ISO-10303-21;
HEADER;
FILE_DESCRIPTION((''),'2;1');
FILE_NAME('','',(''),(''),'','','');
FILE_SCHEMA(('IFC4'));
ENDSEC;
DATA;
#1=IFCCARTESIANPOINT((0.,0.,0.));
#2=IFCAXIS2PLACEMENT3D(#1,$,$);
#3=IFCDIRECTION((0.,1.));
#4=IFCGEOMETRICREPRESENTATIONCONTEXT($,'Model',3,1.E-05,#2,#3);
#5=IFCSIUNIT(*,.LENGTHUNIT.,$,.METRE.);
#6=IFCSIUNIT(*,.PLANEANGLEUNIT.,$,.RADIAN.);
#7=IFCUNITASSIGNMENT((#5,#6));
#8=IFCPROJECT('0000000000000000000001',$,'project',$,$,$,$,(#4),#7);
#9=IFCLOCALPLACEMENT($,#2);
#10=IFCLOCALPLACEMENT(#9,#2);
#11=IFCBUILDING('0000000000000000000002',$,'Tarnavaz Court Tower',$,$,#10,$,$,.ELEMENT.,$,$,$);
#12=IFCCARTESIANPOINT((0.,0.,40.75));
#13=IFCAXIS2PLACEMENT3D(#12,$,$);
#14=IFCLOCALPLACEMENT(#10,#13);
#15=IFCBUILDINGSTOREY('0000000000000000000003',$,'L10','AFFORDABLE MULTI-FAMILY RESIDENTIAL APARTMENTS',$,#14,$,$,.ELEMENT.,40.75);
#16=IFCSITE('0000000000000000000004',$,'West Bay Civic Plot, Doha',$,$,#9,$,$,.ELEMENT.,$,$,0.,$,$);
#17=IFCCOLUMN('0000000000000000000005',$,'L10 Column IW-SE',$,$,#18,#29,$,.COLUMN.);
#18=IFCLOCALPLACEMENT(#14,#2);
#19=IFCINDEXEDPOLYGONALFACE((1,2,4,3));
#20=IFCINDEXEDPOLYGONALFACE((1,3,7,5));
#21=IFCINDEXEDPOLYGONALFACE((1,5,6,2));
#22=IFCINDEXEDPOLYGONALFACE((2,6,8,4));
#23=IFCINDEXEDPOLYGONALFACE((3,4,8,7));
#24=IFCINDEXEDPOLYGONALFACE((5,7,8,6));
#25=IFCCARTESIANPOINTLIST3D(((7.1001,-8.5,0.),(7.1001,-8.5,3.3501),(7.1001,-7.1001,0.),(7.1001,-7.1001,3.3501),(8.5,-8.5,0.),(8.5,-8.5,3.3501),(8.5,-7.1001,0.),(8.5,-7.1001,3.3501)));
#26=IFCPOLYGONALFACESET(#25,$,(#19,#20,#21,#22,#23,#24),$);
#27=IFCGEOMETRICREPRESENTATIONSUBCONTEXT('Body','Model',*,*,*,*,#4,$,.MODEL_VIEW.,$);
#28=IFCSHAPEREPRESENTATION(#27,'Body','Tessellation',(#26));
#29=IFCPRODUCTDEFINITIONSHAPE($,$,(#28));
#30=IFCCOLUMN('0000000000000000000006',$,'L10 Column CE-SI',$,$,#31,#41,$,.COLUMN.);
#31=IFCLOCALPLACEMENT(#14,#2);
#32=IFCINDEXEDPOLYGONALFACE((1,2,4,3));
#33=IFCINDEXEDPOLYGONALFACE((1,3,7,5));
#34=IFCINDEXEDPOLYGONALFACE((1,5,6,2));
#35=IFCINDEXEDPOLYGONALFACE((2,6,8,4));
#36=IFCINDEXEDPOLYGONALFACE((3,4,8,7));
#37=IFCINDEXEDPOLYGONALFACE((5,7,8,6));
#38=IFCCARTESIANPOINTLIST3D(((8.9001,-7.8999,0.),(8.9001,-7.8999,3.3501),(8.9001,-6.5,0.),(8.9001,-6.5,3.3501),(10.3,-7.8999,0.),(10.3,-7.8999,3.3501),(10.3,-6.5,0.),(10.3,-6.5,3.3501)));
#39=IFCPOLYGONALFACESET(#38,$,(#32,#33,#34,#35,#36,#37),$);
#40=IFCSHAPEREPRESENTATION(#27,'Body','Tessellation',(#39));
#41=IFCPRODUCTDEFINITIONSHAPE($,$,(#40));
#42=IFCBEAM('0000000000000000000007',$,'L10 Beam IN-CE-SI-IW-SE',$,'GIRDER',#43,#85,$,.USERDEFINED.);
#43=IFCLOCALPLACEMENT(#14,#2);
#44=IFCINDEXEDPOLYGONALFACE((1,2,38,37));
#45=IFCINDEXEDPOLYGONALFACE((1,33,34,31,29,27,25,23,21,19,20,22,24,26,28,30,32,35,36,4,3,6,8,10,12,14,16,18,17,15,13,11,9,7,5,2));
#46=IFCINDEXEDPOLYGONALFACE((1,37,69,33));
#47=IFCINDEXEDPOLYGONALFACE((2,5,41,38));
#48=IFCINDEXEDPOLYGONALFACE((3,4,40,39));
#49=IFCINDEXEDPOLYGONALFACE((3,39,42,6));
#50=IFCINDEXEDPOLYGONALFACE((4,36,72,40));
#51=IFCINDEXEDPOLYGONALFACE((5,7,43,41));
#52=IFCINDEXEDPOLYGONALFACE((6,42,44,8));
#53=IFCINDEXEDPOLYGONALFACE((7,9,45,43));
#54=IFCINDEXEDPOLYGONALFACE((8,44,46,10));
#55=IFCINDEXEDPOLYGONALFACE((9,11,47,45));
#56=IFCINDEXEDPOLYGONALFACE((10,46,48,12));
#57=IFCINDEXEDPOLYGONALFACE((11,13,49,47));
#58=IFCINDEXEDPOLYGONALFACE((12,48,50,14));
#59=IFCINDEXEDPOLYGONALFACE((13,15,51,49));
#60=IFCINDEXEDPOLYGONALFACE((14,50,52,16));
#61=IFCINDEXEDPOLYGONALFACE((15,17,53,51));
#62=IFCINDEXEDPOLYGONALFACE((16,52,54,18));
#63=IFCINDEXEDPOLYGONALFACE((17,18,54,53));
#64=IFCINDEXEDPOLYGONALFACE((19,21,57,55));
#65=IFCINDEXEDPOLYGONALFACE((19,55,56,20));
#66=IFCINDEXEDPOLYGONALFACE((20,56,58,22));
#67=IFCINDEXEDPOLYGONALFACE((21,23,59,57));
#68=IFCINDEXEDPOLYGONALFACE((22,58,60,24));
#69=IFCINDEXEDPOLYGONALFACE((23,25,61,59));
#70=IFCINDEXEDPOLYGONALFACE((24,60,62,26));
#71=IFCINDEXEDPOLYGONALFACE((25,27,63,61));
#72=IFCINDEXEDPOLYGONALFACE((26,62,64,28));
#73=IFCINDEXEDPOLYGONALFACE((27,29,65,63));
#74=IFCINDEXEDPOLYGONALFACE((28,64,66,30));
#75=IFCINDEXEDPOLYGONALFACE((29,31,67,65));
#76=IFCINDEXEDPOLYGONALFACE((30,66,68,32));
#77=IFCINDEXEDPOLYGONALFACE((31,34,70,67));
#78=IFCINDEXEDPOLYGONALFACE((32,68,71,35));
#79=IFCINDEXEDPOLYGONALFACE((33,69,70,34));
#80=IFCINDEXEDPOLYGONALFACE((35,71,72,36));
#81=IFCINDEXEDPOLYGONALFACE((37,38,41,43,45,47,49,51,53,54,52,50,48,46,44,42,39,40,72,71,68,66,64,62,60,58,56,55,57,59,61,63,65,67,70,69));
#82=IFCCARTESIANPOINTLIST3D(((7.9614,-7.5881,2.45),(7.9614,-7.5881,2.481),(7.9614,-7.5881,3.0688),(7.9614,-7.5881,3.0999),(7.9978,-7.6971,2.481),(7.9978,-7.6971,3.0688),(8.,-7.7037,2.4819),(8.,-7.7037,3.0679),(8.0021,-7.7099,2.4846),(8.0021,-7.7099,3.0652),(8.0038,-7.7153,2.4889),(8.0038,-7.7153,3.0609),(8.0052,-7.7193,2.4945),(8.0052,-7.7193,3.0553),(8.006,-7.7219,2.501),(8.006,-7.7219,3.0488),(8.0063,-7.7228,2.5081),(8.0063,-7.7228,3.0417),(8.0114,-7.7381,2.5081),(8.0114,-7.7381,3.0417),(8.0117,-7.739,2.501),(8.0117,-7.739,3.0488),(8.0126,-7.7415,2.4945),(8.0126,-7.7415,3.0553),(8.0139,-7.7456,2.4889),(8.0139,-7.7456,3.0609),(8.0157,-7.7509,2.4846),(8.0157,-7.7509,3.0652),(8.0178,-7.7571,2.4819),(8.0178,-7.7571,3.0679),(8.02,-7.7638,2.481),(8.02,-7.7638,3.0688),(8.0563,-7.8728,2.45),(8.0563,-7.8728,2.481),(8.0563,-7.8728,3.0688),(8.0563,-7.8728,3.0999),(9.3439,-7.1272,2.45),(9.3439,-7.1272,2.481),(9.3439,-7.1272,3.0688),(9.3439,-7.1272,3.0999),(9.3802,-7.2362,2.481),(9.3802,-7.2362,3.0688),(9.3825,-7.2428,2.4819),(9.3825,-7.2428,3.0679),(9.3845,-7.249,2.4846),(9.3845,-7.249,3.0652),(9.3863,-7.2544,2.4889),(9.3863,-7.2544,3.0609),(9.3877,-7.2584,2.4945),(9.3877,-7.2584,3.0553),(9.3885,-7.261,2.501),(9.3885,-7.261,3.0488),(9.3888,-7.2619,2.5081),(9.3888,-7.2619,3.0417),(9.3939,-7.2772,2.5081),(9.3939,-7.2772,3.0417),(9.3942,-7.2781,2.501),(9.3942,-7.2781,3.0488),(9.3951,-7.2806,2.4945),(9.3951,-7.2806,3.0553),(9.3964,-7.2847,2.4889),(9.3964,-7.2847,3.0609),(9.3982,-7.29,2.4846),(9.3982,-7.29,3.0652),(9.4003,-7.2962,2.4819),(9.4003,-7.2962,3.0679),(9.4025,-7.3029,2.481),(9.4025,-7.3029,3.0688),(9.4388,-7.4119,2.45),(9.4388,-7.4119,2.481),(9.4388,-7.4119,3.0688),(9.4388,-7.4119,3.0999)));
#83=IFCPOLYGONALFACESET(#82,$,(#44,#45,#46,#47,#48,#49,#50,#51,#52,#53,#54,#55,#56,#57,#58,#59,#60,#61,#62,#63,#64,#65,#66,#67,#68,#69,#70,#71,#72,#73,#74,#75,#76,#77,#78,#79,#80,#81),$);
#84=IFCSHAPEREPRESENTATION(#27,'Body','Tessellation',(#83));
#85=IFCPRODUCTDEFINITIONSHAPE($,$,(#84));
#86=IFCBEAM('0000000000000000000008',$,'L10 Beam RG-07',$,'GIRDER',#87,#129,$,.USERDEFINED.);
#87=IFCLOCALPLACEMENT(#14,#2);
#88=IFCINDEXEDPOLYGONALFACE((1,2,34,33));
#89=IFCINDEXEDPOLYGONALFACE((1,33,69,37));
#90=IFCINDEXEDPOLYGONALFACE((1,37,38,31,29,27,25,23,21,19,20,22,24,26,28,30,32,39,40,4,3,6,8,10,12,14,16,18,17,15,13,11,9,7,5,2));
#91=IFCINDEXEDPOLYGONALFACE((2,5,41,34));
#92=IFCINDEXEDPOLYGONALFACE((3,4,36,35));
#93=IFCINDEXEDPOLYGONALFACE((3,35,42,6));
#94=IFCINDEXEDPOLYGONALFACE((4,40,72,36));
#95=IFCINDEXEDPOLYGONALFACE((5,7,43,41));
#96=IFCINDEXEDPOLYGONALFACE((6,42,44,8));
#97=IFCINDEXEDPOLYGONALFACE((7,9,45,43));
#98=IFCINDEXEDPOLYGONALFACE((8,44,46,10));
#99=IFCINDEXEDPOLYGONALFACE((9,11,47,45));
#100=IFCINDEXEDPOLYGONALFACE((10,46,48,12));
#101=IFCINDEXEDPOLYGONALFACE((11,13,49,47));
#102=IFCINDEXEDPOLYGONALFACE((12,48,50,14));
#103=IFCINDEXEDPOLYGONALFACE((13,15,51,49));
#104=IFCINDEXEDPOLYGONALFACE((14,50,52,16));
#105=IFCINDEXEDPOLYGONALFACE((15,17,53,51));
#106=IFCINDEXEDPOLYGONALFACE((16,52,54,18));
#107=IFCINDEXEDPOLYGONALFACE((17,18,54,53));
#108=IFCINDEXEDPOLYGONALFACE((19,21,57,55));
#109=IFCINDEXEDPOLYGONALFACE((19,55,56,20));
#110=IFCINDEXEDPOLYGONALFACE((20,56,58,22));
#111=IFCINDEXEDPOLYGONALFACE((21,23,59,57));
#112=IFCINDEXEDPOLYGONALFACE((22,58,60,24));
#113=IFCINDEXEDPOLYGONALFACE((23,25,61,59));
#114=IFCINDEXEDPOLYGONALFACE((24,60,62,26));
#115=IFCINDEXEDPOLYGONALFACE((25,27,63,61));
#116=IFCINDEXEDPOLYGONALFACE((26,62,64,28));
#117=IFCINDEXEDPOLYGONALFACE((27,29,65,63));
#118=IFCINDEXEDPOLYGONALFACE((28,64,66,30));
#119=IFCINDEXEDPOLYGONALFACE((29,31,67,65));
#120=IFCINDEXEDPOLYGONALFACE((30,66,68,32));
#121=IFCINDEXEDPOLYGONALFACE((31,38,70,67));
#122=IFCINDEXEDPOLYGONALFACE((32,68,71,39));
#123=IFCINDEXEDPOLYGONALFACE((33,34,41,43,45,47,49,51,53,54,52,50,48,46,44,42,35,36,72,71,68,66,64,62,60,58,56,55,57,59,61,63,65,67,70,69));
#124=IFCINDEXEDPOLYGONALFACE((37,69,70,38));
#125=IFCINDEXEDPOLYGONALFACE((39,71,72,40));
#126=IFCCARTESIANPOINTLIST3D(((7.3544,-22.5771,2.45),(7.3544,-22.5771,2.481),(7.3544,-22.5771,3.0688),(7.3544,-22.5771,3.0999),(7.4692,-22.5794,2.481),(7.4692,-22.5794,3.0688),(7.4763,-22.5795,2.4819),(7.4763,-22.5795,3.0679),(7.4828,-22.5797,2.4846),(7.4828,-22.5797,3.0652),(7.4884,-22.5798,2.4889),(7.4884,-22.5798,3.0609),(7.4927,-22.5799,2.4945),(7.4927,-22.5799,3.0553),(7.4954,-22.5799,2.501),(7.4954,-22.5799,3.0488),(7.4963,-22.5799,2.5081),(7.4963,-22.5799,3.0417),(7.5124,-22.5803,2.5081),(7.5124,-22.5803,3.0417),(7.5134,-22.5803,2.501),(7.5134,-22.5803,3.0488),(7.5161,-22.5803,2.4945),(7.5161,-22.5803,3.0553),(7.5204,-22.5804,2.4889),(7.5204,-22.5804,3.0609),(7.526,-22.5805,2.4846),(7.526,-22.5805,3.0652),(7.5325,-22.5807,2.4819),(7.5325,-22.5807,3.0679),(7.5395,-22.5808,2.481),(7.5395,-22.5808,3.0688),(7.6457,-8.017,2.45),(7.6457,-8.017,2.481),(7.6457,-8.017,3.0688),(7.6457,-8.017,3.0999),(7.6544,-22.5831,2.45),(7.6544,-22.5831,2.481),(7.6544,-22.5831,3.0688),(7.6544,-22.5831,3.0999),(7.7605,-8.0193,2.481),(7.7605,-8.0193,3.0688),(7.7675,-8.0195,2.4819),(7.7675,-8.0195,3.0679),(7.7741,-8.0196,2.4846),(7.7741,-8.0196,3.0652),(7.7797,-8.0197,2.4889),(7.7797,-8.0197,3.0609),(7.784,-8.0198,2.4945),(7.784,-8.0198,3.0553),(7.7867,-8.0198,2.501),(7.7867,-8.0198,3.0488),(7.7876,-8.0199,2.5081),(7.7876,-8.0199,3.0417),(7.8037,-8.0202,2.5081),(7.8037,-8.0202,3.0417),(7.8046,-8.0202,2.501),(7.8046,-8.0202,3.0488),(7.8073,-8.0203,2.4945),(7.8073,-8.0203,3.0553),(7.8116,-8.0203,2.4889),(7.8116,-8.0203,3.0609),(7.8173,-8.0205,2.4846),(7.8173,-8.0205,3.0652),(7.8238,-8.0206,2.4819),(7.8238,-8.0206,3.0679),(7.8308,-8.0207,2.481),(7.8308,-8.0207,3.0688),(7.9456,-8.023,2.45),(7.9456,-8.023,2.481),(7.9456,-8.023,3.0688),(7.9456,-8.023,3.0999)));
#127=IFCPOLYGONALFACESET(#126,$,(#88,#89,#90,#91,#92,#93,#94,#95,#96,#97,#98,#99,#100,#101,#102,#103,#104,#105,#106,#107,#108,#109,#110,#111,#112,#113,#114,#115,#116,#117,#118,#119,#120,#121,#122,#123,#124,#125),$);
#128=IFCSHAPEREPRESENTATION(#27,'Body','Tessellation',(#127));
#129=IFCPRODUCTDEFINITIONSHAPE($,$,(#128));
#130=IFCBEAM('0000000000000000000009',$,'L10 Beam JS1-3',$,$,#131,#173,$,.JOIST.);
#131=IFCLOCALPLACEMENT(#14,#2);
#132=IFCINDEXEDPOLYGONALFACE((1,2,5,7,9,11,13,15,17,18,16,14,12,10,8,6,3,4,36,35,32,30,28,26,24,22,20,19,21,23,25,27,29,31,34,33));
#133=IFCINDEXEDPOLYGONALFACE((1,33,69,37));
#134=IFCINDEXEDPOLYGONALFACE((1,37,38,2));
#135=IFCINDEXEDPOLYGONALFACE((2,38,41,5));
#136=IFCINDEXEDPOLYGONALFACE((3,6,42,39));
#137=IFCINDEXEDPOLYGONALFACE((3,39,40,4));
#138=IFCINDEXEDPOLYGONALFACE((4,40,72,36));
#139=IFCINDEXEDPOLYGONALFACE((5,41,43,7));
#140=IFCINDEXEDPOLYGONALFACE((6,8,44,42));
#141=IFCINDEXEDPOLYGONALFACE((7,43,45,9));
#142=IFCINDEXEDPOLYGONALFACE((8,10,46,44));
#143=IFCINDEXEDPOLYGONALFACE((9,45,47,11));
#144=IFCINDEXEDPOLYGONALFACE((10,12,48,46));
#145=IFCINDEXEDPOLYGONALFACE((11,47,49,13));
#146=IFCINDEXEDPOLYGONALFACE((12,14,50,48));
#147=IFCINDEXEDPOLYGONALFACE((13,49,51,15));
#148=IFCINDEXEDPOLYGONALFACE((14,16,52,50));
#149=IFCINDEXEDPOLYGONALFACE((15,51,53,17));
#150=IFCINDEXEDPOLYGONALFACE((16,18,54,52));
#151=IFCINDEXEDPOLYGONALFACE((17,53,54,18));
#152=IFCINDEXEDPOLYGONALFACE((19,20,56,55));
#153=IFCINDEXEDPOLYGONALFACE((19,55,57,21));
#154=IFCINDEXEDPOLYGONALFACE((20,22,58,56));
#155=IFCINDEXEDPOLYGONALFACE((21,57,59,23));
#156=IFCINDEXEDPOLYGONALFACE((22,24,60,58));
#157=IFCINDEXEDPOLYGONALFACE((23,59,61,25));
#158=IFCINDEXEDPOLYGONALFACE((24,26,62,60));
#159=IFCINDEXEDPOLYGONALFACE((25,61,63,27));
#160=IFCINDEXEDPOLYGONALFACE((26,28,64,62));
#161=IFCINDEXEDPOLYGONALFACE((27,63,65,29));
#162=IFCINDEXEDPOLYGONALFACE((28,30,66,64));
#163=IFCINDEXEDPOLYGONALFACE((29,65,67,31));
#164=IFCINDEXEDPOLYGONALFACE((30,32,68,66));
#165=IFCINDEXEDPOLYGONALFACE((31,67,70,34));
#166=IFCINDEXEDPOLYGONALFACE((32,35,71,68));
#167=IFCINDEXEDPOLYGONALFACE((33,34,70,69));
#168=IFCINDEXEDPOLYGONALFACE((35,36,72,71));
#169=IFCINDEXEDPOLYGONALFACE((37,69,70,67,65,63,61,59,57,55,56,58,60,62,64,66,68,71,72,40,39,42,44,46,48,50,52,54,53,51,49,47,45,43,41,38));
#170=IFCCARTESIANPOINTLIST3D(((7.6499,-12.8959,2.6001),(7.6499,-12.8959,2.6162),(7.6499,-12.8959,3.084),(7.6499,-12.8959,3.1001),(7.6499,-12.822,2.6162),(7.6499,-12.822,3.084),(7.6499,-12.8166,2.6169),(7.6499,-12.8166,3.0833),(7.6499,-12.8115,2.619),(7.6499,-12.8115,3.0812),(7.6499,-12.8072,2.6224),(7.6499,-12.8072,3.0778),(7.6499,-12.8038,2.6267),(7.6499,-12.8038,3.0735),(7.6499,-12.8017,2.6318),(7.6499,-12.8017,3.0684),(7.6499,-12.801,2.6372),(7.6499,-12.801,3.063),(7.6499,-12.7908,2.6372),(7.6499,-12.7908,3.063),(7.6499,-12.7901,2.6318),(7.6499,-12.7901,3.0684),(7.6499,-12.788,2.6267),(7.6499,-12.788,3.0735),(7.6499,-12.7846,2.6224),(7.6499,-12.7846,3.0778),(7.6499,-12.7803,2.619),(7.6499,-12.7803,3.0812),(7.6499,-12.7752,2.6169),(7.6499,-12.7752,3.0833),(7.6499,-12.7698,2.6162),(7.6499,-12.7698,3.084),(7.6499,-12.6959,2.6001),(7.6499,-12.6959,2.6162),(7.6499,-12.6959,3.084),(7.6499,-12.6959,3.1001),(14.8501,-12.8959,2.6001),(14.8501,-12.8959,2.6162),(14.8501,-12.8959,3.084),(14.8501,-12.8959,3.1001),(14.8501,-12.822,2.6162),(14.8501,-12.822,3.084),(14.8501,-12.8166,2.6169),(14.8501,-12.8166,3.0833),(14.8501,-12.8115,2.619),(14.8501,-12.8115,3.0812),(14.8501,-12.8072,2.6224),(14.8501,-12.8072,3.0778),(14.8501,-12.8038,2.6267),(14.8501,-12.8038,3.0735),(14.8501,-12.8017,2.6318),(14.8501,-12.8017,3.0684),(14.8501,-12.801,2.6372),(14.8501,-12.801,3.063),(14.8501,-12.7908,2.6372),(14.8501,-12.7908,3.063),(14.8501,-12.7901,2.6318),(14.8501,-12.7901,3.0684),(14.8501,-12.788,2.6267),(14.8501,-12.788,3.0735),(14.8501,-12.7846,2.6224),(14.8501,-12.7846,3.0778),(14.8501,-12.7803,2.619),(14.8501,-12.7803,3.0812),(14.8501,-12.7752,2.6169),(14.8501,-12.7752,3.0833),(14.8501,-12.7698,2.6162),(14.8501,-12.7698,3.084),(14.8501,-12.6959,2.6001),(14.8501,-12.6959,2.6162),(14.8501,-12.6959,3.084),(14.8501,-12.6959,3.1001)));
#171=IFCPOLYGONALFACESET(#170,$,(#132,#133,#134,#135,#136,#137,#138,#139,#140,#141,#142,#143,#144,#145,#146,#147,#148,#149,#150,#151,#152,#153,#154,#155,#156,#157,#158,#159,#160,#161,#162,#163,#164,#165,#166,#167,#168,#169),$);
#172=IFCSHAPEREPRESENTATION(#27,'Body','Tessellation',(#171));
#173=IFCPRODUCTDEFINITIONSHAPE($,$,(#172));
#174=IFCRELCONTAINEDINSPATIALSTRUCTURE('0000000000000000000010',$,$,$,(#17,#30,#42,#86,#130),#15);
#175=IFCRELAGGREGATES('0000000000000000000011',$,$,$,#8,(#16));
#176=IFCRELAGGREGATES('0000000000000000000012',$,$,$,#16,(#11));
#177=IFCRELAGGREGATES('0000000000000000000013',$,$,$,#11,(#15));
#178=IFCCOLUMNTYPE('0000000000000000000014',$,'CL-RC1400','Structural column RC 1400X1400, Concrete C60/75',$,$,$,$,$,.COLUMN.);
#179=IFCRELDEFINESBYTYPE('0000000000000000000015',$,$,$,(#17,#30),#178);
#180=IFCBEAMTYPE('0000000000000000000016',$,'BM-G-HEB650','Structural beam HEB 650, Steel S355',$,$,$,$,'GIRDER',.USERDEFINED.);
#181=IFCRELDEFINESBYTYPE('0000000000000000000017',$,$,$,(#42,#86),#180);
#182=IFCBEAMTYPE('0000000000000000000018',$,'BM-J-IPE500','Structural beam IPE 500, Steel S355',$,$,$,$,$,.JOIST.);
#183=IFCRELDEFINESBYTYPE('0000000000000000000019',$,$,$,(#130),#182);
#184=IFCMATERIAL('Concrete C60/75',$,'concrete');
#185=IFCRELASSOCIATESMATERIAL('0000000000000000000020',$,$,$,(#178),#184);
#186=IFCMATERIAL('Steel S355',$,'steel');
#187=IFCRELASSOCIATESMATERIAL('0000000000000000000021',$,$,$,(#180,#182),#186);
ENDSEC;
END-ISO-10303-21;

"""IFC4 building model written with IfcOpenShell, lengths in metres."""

from ifc_helpers import new_model, si_unit, direction, frame, origin, origin_2d, place, context, subcontext, project, spatial, rectangle, i_section, extrude, material, material_profile, profile_set, type_object, element, save


model = new_model("IFC4")

# Units and contexts
model_context = context("Model", 3, precision=1e-05, world=origin(), true_north=direction((0.0, 1.0)))
body_context = subcontext(model_context, "Body", "Model", "MODEL_VIEW")
ifc_project = project(units=[si_unit("LENGTHUNIT", "METRE"), si_unit("PLANEANGLEUNIT", "RADIAN")], contexts=[model_context])

# Site, building, storey
site_placement = place(None, origin())
site = spatial("IfcSite", under=ifc_project, at=site_placement, Name="West Bay Civic Plot, Doha", CompositionType="ELEMENT", RefElevation=0.0)
building_placement = place(site_placement, origin())
building = spatial("IfcBuilding", under=site, at=building_placement, Name="Tarnavaz Court Tower", CompositionType="ELEMENT")
storey_placement = place(building_placement, frame((0.0, 0.0, 40.75)))
storey = spatial("IfcBuildingStorey", under=building, at=storey_placement, Name="L10", Description="AFFORDABLE MULTI-FAMILY RESIDENTIAL APARTMENTS", CompositionType="ELEMENT", Elevation=40.75)

# Columns
ifc_material_1 = material(Name="Concrete C60/75", Category="concrete")
ifc_material_profile_1 = material_profile(ifc_material_1, rectangle(XDim=1.3999, YDim=1.3999, at=origin_2d()), Name="RC 1400X1400")
ifc_profile_set_1 = profile_set([ifc_material_profile_1], Name="Concrete C60/75")
column_type = type_object("IfcColumnType", Name="CL-RC1400", Description="Structural column RC 1400X1400, Concrete C60/75", PredefinedType="COLUMN", material=ifc_profile_set_1)
for number, where, z_axis, x_axis, name in (
    (1, (7.8, -7.8, 0.0), (0.0, 0.0, 1.0), (1.0, 0.0, 0.0), "L10 Column IW-SE"),
    (2, (9.6001, -7.2, 0.0), (0.0, 0.0, 1.0), (1.0, 0.0, 0.0), "L10 Column CE-SI"),
):
    element("IfcColumn", number, at=place(storey_placement, frame(where, z_axis=z_axis, x_axis=x_axis)), inside=storey, type_object=column_type, Name=name, PredefinedType="COLUMN", context=body_context, shape_type="SweptSolid", body=[
        extrude(rectangle(XDim=1.3999, YDim=1.3999, at=origin_2d()), origin(), (0.0, 0.0, 1.0), 3.3501),
    ])

# Beams
ifc_material_2 = material(Name="Steel S355", Category="steel")
ifc_material_profile_2 = material_profile(ifc_material_2, i_section(OverallWidth=0.3, OverallDepth=0.6499, WebThickness=0.0161, FlangeThickness=0.031, FilletRadius=0.0271, at=origin_2d()), Name="HEB 650")
ifc_profile_set_2 = profile_set([ifc_material_profile_2], Name="Steel S355")
beam_type_1 = type_object("IfcBeamType", Name="BM-G-HEB650", Description="Structural beam HEB 650, Steel S355", ElementType="GIRDER", PredefinedType="USERDEFINED", material=ifc_profile_set_2)
beam_1_placement = place(storey_placement, frame((9.3914, -7.2695, 2.7749), z_axis=(-0.948667, -0.316278, 0.0), x_axis=(0.316278, -0.948667, 0.0)))
element("IfcBeam", 3, at=beam_1_placement, inside=storey, type_object=beam_type_1, Name="L10 Beam IN-CE-SI-IW-SE", ObjectType="GIRDER", PredefinedType="USERDEFINED", context=body_context, shape_type="SweptSolid", body=[
    extrude(i_section(OverallWidth=0.3, OverallDepth=0.6499, WebThickness=0.0161, FlangeThickness=0.031, FilletRadius=0.0271, at=origin_2d()), origin(), (0.0, 0.0, 1.0), 1.4573),
])
beam_2_placement = place(storey_placement, frame((7.7957, -8.02, 2.7749), z_axis=(-0.02, -0.9998, 0.0), x_axis=(0.9998, -0.02, 0.0)))
element("IfcBeam", 4, at=beam_2_placement, inside=storey, type_object=beam_type_1, Name="L10 Beam RG-07", ObjectType="GIRDER", PredefinedType="USERDEFINED", context=body_context, shape_type="SweptSolid", body=[
    extrude(i_section(OverallWidth=0.3, OverallDepth=0.6499, WebThickness=0.0161, FlangeThickness=0.031, FilletRadius=0.0271, at=origin_2d()), origin(), (0.0, 0.0, 1.0), 14.563),
])
ifc_material_profile_3 = material_profile(ifc_material_2, i_section(OverallWidth=0.2, OverallDepth=0.5, WebThickness=0.0103, FlangeThickness=0.0161, FilletRadius=0.021, at=origin_2d()), Name="IPE 500")
ifc_profile_set_3 = profile_set([ifc_material_profile_3], Name="Steel S355")
beam_type_2 = type_object("IfcBeamType", Name="BM-J-IPE500", Description="Structural beam IPE 500, Steel S355", PredefinedType="JOIST", material=ifc_profile_set_3)
for number, where, z_axis, x_axis, name in (
    (5, (7.6499, -12.7959, 2.8501), (1.0, 0.0, 0.0), (0.0, 1.0, 0.0), "L10 Beam JS1-3"),
):
    element("IfcBeam", number, at=place(storey_placement, frame(where, z_axis=z_axis, x_axis=x_axis)), inside=storey, type_object=beam_type_2, Name=name, PredefinedType="JOIST", context=body_context, shape_type="SweptSolid", body=[
        extrude(i_section(OverallWidth=0.2, OverallDepth=0.5, WebThickness=0.0103, FlangeThickness=0.0161, FilletRadius=0.021, at=origin_2d()), origin(), (0.0, 0.0, 1.0), 7.2002),
    ])

save(model, "model.ifc")
